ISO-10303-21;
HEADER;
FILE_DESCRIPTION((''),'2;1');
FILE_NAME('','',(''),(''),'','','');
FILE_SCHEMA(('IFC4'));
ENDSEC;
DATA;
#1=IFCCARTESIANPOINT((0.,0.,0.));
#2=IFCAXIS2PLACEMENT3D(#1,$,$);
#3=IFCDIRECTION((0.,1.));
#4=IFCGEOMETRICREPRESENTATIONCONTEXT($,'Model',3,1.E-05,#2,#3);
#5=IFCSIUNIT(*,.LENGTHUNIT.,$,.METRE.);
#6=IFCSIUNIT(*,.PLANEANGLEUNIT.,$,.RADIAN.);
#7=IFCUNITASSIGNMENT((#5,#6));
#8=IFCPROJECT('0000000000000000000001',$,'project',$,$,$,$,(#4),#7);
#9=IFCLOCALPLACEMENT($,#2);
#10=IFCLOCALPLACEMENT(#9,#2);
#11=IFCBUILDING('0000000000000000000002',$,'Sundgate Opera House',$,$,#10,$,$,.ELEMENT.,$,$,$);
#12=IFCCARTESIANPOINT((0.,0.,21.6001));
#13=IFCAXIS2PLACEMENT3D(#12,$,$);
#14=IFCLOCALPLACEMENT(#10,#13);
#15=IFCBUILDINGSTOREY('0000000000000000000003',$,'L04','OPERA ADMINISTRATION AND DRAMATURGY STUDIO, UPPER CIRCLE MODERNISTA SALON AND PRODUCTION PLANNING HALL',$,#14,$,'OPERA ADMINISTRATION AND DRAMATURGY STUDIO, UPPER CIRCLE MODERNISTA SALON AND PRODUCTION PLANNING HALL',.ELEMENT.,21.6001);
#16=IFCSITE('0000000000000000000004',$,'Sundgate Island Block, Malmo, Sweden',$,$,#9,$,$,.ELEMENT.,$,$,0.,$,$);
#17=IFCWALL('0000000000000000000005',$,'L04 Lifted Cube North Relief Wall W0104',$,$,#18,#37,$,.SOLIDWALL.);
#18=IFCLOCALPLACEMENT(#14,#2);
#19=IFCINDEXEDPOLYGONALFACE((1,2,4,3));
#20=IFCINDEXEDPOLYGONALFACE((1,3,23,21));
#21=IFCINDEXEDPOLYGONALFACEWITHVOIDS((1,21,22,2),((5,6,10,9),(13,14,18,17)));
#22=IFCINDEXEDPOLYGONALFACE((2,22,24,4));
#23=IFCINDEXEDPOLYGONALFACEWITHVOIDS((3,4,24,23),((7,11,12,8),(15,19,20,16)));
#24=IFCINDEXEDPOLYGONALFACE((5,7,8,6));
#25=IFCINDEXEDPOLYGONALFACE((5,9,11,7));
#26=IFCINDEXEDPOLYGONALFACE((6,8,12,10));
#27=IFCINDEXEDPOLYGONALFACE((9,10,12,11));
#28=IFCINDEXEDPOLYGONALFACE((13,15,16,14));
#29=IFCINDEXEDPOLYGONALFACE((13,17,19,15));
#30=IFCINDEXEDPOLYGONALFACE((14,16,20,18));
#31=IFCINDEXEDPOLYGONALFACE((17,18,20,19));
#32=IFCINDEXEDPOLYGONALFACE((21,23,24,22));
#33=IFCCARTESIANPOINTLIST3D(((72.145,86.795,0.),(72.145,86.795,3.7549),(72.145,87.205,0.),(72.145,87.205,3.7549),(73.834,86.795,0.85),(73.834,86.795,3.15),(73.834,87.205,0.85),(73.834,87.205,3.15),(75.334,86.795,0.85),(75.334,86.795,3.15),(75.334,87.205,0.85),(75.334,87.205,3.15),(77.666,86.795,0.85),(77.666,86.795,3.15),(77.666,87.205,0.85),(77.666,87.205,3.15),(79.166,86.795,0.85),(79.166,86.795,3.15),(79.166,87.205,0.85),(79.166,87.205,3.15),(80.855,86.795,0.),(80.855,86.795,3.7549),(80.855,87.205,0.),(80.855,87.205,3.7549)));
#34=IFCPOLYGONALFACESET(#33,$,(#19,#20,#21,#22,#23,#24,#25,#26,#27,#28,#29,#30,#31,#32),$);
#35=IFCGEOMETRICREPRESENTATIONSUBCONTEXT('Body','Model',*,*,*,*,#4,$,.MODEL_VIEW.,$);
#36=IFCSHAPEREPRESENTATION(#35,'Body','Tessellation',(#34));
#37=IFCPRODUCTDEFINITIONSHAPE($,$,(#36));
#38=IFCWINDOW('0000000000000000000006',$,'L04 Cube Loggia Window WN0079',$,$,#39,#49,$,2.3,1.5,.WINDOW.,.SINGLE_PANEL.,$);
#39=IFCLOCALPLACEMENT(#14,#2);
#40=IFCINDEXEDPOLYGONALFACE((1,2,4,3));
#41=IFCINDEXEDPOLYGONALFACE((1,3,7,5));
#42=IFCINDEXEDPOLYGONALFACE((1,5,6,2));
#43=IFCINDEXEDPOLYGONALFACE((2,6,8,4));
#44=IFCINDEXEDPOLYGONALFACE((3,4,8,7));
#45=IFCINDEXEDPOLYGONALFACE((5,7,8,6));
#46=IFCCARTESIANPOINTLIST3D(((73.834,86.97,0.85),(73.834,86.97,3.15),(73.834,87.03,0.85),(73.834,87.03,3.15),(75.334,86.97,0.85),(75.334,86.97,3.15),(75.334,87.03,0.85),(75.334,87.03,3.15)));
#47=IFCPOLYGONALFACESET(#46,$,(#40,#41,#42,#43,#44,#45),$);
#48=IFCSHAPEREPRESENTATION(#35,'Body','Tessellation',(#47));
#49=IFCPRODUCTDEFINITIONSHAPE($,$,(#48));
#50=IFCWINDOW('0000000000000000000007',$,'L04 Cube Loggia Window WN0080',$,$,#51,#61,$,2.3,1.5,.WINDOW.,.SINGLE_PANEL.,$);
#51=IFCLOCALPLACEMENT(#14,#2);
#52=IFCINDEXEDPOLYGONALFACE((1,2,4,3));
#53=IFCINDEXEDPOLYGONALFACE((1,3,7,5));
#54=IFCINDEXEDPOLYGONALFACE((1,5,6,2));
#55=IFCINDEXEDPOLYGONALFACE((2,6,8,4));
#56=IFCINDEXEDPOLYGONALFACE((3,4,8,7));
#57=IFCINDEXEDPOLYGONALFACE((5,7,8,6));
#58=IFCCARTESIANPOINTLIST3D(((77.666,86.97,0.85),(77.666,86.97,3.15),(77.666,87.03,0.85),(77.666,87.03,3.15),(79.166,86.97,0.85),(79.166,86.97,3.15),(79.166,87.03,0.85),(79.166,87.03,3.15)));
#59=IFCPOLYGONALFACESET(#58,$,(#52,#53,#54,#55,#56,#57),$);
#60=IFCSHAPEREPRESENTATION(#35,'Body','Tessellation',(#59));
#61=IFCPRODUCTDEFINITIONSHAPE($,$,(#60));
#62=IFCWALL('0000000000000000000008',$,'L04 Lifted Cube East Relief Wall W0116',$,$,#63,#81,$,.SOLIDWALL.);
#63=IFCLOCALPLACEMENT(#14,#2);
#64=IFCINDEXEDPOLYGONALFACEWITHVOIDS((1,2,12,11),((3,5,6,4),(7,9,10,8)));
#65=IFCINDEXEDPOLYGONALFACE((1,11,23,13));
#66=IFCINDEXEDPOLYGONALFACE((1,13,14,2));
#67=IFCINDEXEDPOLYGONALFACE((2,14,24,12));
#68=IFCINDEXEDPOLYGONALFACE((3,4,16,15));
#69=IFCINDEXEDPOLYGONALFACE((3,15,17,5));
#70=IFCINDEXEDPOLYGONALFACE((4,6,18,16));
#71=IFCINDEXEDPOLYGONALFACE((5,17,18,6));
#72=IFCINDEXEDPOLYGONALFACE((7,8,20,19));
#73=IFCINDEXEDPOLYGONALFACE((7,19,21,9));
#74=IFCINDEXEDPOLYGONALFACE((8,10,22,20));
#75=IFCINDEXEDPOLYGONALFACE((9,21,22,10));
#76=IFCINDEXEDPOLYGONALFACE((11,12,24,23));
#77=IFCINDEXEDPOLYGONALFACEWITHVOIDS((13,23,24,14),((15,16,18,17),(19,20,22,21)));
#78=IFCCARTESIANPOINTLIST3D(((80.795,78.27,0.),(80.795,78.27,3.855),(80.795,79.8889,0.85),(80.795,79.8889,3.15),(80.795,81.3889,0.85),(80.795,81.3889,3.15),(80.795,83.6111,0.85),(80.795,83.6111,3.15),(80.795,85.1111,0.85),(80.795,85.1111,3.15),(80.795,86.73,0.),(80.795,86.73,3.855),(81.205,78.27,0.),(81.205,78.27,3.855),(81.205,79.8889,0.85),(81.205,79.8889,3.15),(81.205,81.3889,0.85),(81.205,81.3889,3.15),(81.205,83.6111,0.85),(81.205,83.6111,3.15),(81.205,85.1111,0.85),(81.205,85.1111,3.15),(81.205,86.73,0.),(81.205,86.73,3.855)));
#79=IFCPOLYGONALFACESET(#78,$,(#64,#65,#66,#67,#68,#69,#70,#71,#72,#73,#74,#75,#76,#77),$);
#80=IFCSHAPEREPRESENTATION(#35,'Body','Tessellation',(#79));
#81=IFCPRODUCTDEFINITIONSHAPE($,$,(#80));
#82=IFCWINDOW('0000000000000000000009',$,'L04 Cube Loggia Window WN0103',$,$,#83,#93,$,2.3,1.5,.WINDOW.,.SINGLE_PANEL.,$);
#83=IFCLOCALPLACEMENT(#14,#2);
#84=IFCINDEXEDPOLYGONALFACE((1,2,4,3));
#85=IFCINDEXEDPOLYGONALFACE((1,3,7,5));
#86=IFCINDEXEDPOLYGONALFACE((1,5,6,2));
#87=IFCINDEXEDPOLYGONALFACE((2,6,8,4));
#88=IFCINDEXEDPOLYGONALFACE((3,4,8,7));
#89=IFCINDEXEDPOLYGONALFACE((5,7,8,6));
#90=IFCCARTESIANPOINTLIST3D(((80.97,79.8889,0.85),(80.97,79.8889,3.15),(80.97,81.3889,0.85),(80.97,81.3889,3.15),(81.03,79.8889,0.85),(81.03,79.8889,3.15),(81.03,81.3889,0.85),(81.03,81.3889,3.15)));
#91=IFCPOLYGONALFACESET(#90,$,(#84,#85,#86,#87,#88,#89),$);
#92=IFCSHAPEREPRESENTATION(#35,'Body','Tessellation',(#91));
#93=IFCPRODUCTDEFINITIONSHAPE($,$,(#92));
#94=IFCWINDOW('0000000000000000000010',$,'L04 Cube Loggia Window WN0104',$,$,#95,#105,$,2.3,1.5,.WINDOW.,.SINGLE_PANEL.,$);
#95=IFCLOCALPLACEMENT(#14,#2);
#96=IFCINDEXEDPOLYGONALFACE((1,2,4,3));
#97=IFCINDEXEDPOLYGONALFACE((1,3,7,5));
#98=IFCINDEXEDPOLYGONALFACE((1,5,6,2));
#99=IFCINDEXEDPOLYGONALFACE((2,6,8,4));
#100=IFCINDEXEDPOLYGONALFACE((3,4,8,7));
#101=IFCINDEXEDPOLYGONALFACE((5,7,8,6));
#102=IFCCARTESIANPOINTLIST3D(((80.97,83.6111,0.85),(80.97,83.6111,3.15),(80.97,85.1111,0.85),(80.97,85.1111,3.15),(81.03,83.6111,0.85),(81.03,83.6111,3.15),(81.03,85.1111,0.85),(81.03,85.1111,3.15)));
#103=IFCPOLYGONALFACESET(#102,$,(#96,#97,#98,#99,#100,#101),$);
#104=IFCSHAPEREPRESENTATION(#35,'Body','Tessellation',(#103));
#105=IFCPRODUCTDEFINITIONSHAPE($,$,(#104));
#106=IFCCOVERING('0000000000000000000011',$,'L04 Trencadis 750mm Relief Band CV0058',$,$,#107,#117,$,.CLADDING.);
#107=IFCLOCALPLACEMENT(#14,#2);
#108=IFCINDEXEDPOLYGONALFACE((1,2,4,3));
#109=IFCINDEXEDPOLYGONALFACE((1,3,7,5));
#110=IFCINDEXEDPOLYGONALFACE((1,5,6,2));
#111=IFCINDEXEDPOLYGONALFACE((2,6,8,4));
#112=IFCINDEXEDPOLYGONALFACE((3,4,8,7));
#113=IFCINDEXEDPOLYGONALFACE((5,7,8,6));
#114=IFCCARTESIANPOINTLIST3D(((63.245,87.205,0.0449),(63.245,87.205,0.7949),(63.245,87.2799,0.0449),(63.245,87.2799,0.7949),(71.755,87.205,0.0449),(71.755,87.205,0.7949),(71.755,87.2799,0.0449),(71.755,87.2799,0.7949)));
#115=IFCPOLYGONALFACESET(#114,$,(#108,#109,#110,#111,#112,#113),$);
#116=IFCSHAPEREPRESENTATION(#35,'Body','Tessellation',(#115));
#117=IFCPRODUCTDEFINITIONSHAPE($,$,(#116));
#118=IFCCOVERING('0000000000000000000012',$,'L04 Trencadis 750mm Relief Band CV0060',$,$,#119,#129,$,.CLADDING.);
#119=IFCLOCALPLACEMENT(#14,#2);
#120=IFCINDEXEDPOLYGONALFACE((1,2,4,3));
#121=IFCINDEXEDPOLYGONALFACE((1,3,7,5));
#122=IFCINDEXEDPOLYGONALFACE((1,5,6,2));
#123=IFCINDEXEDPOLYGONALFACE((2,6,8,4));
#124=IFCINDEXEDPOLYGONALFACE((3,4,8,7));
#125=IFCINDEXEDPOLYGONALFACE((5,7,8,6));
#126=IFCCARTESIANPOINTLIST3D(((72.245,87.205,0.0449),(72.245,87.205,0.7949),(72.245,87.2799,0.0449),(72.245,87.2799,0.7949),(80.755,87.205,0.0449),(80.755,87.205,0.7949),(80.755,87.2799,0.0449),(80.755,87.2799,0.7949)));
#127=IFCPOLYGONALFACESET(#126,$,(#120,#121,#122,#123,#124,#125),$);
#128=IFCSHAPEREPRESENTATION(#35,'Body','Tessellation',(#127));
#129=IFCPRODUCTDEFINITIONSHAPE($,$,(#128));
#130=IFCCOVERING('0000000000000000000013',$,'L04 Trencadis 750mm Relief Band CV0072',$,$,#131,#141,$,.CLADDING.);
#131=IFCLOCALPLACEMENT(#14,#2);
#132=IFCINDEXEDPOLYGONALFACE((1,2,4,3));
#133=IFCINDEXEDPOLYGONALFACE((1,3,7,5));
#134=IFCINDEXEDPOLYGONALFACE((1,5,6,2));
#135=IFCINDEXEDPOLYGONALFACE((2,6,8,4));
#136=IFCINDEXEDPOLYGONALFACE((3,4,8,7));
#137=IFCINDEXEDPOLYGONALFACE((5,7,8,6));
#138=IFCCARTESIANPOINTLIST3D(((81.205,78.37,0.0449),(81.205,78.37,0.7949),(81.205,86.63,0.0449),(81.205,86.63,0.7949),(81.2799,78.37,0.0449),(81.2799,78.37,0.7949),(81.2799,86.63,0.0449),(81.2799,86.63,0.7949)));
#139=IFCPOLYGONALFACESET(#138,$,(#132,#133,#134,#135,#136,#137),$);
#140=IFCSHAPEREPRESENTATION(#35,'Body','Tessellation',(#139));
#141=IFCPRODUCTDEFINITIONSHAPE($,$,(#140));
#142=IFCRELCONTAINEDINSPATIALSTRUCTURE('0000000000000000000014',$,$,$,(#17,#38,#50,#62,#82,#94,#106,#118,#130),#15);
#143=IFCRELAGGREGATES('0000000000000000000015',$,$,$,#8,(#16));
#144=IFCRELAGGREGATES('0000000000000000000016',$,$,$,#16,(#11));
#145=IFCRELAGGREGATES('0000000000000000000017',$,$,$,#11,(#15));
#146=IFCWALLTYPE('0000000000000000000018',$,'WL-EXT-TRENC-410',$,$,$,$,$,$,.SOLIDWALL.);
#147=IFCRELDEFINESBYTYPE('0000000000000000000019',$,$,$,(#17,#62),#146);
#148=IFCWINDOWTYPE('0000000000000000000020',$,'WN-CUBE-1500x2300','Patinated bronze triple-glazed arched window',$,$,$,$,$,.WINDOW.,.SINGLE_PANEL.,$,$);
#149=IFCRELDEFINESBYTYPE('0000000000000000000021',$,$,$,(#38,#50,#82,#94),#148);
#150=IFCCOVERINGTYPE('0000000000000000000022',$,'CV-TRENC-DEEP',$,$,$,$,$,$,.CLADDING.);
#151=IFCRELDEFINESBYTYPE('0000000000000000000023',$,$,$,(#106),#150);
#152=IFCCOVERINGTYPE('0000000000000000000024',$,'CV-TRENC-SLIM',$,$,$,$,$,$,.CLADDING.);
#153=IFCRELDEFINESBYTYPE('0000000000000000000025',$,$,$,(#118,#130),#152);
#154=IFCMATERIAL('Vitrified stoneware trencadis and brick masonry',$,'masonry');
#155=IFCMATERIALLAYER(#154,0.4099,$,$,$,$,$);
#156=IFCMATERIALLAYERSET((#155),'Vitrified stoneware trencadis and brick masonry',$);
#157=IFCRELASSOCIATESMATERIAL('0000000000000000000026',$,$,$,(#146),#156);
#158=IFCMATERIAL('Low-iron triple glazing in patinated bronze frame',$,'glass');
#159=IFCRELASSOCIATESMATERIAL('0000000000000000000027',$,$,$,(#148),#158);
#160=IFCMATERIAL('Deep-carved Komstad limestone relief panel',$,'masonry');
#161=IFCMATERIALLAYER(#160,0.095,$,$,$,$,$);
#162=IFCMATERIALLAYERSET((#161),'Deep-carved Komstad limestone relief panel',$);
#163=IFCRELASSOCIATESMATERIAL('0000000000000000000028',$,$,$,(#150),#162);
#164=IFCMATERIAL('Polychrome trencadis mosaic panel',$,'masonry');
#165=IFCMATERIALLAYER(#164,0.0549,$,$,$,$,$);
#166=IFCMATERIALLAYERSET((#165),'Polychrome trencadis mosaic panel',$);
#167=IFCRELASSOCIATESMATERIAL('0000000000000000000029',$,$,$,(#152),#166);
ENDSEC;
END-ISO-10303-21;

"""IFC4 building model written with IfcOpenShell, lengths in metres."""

from ifc_helpers import new_model, si_unit, direction, frame, frame_2d, origin, origin_2d, place, context, subcontext, project, spatial, rectangle, extrude, material, layer, layer_set, type_object, element, fill, save


model = new_model("IFC4")

# Units and contexts
model_context = context("Model", 3, precision=1e-05, world=origin(), true_north=direction((0.0, 1.0)))
body_context = subcontext(model_context, "Body", "Model", "MODEL_VIEW")
ifc_project = project(units=[si_unit("LENGTHUNIT", "METRE"), si_unit("PLANEANGLEUNIT", "RADIAN")], contexts=[model_context])

# Site, building, storey
site_placement = place(None, origin())
site = spatial("IfcSite", under=ifc_project, at=site_placement, Name="Sundgate Island Block, Malmo, Sweden", CompositionType="ELEMENT", RefElevation=0.0)
building_placement = place(site_placement, origin())
building = spatial("IfcBuilding", under=site, at=building_placement, Name="Sundgate Opera House", CompositionType="ELEMENT")
storey_placement = place(building_placement, frame((0.0, 0.0, 21.6001)))
storey = spatial("IfcBuildingStorey", under=building, at=storey_placement, Name="L04", Description="OPERA ADMINISTRATION AND DRAMATURGY STUDIO, UPPER CIRCLE MODERNISTA SALON AND PRODUCTION PLANNING HALL", LongName="OPERA ADMINISTRATION AND DRAMATURGY STUDIO, UPPER CIRCLE MODERNISTA SALON AND PRODUCTION PLANNING HALL", CompositionType="ELEMENT", Elevation=21.6001)

# Walls, openings, windows
ifc_material_1 = material(Name="Vitrified stoneware trencadis and brick masonry", Category="masonry")
ifc_layer_1 = layer(ifc_material_1, 0.4099)
ifc_layer_set_1 = layer_set([ifc_layer_1], Name="Vitrified stoneware trencadis and brick masonry")
wall_type_1 = type_object("IfcWallType", Name="WL-EXT-TRENC-410", PredefinedType="SOLIDWALL", material=ifc_layer_set_1)
wall_1_placement = place(storey_placement, frame((72.145, 87.0, 0.0), z_axis=(0.0, 0.0, 1.0), x_axis=(1.0, 0.0, 0.0)))
wall_1 = element("IfcWall", 1, at=wall_1_placement, inside=storey, type_object=wall_type_1, Name="L04 Lifted Cube North Relief Wall W0104", PredefinedType="SOLIDWALL", context=body_context, shape_type="SweptSolid", body=[
    extrude(rectangle(XDim=8.71, YDim=0.4099, at=frame_2d((4.355, 0.0))), origin(), (0.0, 0.0, 1.0), 3.7549),
])
opening_1_placement = place(wall_1_placement, frame((1.689, 0.0, 0.8501)))
opening_1 = element("IfcOpeningElement", 2, at=opening_1_placement, cuts=wall_1, PredefinedType="OPENING", context=body_context, shape_type="SweptSolid", body=[
    extrude(rectangle(XDim=1.5, YDim=2.3, at=frame_2d((0.75, 1.1499))), frame((0.0, 0.2148, 0.0), z_axis=(0.0, -1.0, 0.0), x_axis=(1.0, 0.0, 0.0)), (0.0, 0.0, 1.0), 0.4299),
])
opening_2_placement = place(wall_1_placement, frame((5.521, 0.0, 0.8501)))
opening_2 = element("IfcOpeningElement", 3, at=opening_2_placement, cuts=wall_1, PredefinedType="OPENING", context=body_context, shape_type="SweptSolid", body=[
    extrude(rectangle(XDim=1.5, YDim=2.3, at=frame_2d((0.75, 1.1499))), frame((0.0, 0.2148, 0.0), z_axis=(0.0, -1.0, 0.0), x_axis=(1.0, 0.0, 0.0)), (0.0, 0.0, 1.0), 0.4299),
])
ifc_material_2 = material(Name="Low-iron triple glazing in patinated bronze frame", Category="glass")
window_type_1 = type_object("IfcWindowType", Name="WN-CUBE-1500x2300", Description="Patinated bronze triple-glazed arched window", PartitioningType="SINGLE_PANEL", PredefinedType="WINDOW", material=ifc_material_2)
window_1_placement = place(opening_1_placement, origin())
window_1 = element("IfcWindow", 4, at=window_1_placement, inside=storey, type_object=window_type_1, Name="L04 Cube Loggia Window WN0079", OverallHeight=2.3, OverallWidth=1.5, PartitioningType="SINGLE_PANEL", PredefinedType="WINDOW", context=body_context, shape_type="SweptSolid", body=[
    extrude(rectangle(XDim=1.5, YDim=2.3, at=frame_2d((0.75, 1.1499))), frame((0.0, 0.03, 0.0), z_axis=(0.0, -1.0, 0.0), x_axis=(1.0, 0.0, 0.0)), (0.0, 0.0, 1.0), 0.0601),
])
fill(opening_1, window_1)
window_2_placement = place(opening_2_placement, origin())
window_2 = element("IfcWindow", 5, at=window_2_placement, inside=storey, type_object=window_type_1, Name="L04 Cube Loggia Window WN0080", OverallHeight=2.3, OverallWidth=1.5, PartitioningType="SINGLE_PANEL", PredefinedType="WINDOW", context=body_context, shape_type="SweptSolid", body=[
    extrude(rectangle(XDim=1.5, YDim=2.3, at=frame_2d((0.75, 1.1499))), frame((0.0, 0.03, 0.0), z_axis=(0.0, -1.0, 0.0), x_axis=(1.0, 0.0, 0.0)), (0.0, 0.0, 1.0), 0.0601),
])
fill(opening_2, window_2)
wall_2_placement = place(storey_placement, frame((81.0, 78.27, 0.0), z_axis=(0.0, 0.0, 1.0), x_axis=(0.0, 1.0, 0.0)))
wall_2 = element("IfcWall", 6, at=wall_2_placement, inside=storey, type_object=wall_type_1, Name="L04 Lifted Cube East Relief Wall W0116", PredefinedType="SOLIDWALL", context=body_context, shape_type="SweptSolid", body=[
    extrude(rectangle(XDim=8.46, YDim=0.4099, at=frame_2d((4.23, 0.0))), origin(), (0.0, 0.0, 1.0), 3.855),
])
opening_3_placement = place(wall_2_placement, frame((1.6189, 0.0, 0.8501)))
opening_3 = element("IfcOpeningElement", 7, at=opening_3_placement, cuts=wall_2, PredefinedType="OPENING", context=body_context, shape_type="SweptSolid", body=[
    extrude(rectangle(XDim=1.5, YDim=2.3, at=frame_2d((0.75, 1.1499))), frame((0.0, 0.2148, 0.0), z_axis=(0.0, -1.0, 0.0), x_axis=(1.0, 0.0, 0.0)), (0.0, 0.0, 1.0), 0.4299),
])
opening_4_placement = place(wall_2_placement, frame((5.3411, 0.0, 0.8501)))
opening_4 = element("IfcOpeningElement", 8, at=opening_4_placement, cuts=wall_2, PredefinedType="OPENING", context=body_context, shape_type="SweptSolid", body=[
    extrude(rectangle(XDim=1.5, YDim=2.3, at=frame_2d((0.75, 1.1499))), frame((0.0, 0.2148, 0.0), z_axis=(0.0, -1.0, 0.0), x_axis=(1.0, 0.0, 0.0)), (0.0, 0.0, 1.0), 0.4299),
])
window_3_placement = place(opening_3_placement, origin())
window_3 = element("IfcWindow", 9, at=window_3_placement, inside=storey, type_object=window_type_1, Name="L04 Cube Loggia Window WN0103", OverallHeight=2.3, OverallWidth=1.5, PartitioningType="SINGLE_PANEL", PredefinedType="WINDOW", context=body_context, shape_type="SweptSolid", body=[
    extrude(rectangle(XDim=1.5, YDim=2.3, at=frame_2d((0.75, 1.1499))), frame((0.0, 0.03, 0.0), z_axis=(0.0, -1.0, 0.0), x_axis=(1.0, 0.0, 0.0)), (0.0, 0.0, 1.0), 0.0601),
])
fill(opening_3, window_3)
window_4_placement = place(opening_4_placement, origin())
window_4 = element("IfcWindow", 10, at=window_4_placement, inside=storey, type_object=window_type_1, Name="L04 Cube Loggia Window WN0104", OverallHeight=2.3, OverallWidth=1.5, PartitioningType="SINGLE_PANEL", PredefinedType="WINDOW", context=body_context, shape_type="SweptSolid", body=[
    extrude(rectangle(XDim=1.5, YDim=2.3, at=frame_2d((0.75, 1.1499))), frame((0.0, 0.03, 0.0), z_axis=(0.0, -1.0, 0.0), x_axis=(1.0, 0.0, 0.0)), (0.0, 0.0, 1.0), 0.0601),
])
fill(opening_4, window_4)

# Coverings
ifc_material_3 = material(Name="Deep-carved Komstad limestone relief panel", Category="masonry")
ifc_layer_2 = layer(ifc_material_3, 0.095)
ifc_layer_set_2 = layer_set([ifc_layer_2], Name="Deep-carved Komstad limestone relief panel")
covering_type_1 = type_object("IfcCoveringType", Name="CV-TRENC-DEEP", PredefinedType="CLADDING", material=ifc_layer_set_2)
covering_1_placement = place(storey_placement, frame((67.5, 87.2424, 0.0449), z_axis=(0.0, 0.0, 1.0), x_axis=(1.0, 0.0, 0.0)))
element("IfcCovering", 11, at=covering_1_placement, inside=storey, type_object=covering_type_1, Name="L04 Trencadis 750mm Relief Band CV0058", PredefinedType="CLADDING", context=body_context, shape_type="SweptSolid", body=[
    extrude(rectangle(XDim=8.51, YDim=0.075, at=origin_2d()), origin(), (0.0, 0.0, 1.0), 0.75),
])
ifc_material_4 = material(Name="Polychrome trencadis mosaic panel", Category="masonry")
ifc_layer_3 = layer(ifc_material_4, 0.0549)
ifc_layer_set_3 = layer_set([ifc_layer_3], Name="Polychrome trencadis mosaic panel")
covering_type_2 = type_object("IfcCoveringType", Name="CV-TRENC-SLIM", PredefinedType="CLADDING", material=ifc_layer_set_3)
covering_2_placement = place(storey_placement, frame((76.5, 87.2424, 0.0449), z_axis=(0.0, 0.0, 1.0), x_axis=(1.0, 0.0, 0.0)))
element("IfcCovering", 12, at=covering_2_placement, inside=storey, type_object=covering_type_2, Name="L04 Trencadis 750mm Relief Band CV0060", PredefinedType="CLADDING", context=body_context, shape_type="SweptSolid", body=[
    extrude(rectangle(XDim=8.51, YDim=0.075, at=origin_2d()), origin(), (0.0, 0.0, 1.0), 0.75),
])
covering_3_placement = place(storey_placement, frame((81.2424, 82.5, 0.0449), z_axis=(0.0, 0.0, 1.0), x_axis=(0.0, 1.0, 0.0)))
element("IfcCovering", 13, at=covering_3_placement, inside=storey, type_object=covering_type_2, Name="L04 Trencadis 750mm Relief Band CV0072", PredefinedType="CLADDING", context=body_context, shape_type="SweptSolid", body=[
    extrude(rectangle(XDim=8.26, YDim=0.075, at=origin_2d()), origin(), (0.0, 0.0, 1.0), 0.75),
])

save(model, "model.ifc")
